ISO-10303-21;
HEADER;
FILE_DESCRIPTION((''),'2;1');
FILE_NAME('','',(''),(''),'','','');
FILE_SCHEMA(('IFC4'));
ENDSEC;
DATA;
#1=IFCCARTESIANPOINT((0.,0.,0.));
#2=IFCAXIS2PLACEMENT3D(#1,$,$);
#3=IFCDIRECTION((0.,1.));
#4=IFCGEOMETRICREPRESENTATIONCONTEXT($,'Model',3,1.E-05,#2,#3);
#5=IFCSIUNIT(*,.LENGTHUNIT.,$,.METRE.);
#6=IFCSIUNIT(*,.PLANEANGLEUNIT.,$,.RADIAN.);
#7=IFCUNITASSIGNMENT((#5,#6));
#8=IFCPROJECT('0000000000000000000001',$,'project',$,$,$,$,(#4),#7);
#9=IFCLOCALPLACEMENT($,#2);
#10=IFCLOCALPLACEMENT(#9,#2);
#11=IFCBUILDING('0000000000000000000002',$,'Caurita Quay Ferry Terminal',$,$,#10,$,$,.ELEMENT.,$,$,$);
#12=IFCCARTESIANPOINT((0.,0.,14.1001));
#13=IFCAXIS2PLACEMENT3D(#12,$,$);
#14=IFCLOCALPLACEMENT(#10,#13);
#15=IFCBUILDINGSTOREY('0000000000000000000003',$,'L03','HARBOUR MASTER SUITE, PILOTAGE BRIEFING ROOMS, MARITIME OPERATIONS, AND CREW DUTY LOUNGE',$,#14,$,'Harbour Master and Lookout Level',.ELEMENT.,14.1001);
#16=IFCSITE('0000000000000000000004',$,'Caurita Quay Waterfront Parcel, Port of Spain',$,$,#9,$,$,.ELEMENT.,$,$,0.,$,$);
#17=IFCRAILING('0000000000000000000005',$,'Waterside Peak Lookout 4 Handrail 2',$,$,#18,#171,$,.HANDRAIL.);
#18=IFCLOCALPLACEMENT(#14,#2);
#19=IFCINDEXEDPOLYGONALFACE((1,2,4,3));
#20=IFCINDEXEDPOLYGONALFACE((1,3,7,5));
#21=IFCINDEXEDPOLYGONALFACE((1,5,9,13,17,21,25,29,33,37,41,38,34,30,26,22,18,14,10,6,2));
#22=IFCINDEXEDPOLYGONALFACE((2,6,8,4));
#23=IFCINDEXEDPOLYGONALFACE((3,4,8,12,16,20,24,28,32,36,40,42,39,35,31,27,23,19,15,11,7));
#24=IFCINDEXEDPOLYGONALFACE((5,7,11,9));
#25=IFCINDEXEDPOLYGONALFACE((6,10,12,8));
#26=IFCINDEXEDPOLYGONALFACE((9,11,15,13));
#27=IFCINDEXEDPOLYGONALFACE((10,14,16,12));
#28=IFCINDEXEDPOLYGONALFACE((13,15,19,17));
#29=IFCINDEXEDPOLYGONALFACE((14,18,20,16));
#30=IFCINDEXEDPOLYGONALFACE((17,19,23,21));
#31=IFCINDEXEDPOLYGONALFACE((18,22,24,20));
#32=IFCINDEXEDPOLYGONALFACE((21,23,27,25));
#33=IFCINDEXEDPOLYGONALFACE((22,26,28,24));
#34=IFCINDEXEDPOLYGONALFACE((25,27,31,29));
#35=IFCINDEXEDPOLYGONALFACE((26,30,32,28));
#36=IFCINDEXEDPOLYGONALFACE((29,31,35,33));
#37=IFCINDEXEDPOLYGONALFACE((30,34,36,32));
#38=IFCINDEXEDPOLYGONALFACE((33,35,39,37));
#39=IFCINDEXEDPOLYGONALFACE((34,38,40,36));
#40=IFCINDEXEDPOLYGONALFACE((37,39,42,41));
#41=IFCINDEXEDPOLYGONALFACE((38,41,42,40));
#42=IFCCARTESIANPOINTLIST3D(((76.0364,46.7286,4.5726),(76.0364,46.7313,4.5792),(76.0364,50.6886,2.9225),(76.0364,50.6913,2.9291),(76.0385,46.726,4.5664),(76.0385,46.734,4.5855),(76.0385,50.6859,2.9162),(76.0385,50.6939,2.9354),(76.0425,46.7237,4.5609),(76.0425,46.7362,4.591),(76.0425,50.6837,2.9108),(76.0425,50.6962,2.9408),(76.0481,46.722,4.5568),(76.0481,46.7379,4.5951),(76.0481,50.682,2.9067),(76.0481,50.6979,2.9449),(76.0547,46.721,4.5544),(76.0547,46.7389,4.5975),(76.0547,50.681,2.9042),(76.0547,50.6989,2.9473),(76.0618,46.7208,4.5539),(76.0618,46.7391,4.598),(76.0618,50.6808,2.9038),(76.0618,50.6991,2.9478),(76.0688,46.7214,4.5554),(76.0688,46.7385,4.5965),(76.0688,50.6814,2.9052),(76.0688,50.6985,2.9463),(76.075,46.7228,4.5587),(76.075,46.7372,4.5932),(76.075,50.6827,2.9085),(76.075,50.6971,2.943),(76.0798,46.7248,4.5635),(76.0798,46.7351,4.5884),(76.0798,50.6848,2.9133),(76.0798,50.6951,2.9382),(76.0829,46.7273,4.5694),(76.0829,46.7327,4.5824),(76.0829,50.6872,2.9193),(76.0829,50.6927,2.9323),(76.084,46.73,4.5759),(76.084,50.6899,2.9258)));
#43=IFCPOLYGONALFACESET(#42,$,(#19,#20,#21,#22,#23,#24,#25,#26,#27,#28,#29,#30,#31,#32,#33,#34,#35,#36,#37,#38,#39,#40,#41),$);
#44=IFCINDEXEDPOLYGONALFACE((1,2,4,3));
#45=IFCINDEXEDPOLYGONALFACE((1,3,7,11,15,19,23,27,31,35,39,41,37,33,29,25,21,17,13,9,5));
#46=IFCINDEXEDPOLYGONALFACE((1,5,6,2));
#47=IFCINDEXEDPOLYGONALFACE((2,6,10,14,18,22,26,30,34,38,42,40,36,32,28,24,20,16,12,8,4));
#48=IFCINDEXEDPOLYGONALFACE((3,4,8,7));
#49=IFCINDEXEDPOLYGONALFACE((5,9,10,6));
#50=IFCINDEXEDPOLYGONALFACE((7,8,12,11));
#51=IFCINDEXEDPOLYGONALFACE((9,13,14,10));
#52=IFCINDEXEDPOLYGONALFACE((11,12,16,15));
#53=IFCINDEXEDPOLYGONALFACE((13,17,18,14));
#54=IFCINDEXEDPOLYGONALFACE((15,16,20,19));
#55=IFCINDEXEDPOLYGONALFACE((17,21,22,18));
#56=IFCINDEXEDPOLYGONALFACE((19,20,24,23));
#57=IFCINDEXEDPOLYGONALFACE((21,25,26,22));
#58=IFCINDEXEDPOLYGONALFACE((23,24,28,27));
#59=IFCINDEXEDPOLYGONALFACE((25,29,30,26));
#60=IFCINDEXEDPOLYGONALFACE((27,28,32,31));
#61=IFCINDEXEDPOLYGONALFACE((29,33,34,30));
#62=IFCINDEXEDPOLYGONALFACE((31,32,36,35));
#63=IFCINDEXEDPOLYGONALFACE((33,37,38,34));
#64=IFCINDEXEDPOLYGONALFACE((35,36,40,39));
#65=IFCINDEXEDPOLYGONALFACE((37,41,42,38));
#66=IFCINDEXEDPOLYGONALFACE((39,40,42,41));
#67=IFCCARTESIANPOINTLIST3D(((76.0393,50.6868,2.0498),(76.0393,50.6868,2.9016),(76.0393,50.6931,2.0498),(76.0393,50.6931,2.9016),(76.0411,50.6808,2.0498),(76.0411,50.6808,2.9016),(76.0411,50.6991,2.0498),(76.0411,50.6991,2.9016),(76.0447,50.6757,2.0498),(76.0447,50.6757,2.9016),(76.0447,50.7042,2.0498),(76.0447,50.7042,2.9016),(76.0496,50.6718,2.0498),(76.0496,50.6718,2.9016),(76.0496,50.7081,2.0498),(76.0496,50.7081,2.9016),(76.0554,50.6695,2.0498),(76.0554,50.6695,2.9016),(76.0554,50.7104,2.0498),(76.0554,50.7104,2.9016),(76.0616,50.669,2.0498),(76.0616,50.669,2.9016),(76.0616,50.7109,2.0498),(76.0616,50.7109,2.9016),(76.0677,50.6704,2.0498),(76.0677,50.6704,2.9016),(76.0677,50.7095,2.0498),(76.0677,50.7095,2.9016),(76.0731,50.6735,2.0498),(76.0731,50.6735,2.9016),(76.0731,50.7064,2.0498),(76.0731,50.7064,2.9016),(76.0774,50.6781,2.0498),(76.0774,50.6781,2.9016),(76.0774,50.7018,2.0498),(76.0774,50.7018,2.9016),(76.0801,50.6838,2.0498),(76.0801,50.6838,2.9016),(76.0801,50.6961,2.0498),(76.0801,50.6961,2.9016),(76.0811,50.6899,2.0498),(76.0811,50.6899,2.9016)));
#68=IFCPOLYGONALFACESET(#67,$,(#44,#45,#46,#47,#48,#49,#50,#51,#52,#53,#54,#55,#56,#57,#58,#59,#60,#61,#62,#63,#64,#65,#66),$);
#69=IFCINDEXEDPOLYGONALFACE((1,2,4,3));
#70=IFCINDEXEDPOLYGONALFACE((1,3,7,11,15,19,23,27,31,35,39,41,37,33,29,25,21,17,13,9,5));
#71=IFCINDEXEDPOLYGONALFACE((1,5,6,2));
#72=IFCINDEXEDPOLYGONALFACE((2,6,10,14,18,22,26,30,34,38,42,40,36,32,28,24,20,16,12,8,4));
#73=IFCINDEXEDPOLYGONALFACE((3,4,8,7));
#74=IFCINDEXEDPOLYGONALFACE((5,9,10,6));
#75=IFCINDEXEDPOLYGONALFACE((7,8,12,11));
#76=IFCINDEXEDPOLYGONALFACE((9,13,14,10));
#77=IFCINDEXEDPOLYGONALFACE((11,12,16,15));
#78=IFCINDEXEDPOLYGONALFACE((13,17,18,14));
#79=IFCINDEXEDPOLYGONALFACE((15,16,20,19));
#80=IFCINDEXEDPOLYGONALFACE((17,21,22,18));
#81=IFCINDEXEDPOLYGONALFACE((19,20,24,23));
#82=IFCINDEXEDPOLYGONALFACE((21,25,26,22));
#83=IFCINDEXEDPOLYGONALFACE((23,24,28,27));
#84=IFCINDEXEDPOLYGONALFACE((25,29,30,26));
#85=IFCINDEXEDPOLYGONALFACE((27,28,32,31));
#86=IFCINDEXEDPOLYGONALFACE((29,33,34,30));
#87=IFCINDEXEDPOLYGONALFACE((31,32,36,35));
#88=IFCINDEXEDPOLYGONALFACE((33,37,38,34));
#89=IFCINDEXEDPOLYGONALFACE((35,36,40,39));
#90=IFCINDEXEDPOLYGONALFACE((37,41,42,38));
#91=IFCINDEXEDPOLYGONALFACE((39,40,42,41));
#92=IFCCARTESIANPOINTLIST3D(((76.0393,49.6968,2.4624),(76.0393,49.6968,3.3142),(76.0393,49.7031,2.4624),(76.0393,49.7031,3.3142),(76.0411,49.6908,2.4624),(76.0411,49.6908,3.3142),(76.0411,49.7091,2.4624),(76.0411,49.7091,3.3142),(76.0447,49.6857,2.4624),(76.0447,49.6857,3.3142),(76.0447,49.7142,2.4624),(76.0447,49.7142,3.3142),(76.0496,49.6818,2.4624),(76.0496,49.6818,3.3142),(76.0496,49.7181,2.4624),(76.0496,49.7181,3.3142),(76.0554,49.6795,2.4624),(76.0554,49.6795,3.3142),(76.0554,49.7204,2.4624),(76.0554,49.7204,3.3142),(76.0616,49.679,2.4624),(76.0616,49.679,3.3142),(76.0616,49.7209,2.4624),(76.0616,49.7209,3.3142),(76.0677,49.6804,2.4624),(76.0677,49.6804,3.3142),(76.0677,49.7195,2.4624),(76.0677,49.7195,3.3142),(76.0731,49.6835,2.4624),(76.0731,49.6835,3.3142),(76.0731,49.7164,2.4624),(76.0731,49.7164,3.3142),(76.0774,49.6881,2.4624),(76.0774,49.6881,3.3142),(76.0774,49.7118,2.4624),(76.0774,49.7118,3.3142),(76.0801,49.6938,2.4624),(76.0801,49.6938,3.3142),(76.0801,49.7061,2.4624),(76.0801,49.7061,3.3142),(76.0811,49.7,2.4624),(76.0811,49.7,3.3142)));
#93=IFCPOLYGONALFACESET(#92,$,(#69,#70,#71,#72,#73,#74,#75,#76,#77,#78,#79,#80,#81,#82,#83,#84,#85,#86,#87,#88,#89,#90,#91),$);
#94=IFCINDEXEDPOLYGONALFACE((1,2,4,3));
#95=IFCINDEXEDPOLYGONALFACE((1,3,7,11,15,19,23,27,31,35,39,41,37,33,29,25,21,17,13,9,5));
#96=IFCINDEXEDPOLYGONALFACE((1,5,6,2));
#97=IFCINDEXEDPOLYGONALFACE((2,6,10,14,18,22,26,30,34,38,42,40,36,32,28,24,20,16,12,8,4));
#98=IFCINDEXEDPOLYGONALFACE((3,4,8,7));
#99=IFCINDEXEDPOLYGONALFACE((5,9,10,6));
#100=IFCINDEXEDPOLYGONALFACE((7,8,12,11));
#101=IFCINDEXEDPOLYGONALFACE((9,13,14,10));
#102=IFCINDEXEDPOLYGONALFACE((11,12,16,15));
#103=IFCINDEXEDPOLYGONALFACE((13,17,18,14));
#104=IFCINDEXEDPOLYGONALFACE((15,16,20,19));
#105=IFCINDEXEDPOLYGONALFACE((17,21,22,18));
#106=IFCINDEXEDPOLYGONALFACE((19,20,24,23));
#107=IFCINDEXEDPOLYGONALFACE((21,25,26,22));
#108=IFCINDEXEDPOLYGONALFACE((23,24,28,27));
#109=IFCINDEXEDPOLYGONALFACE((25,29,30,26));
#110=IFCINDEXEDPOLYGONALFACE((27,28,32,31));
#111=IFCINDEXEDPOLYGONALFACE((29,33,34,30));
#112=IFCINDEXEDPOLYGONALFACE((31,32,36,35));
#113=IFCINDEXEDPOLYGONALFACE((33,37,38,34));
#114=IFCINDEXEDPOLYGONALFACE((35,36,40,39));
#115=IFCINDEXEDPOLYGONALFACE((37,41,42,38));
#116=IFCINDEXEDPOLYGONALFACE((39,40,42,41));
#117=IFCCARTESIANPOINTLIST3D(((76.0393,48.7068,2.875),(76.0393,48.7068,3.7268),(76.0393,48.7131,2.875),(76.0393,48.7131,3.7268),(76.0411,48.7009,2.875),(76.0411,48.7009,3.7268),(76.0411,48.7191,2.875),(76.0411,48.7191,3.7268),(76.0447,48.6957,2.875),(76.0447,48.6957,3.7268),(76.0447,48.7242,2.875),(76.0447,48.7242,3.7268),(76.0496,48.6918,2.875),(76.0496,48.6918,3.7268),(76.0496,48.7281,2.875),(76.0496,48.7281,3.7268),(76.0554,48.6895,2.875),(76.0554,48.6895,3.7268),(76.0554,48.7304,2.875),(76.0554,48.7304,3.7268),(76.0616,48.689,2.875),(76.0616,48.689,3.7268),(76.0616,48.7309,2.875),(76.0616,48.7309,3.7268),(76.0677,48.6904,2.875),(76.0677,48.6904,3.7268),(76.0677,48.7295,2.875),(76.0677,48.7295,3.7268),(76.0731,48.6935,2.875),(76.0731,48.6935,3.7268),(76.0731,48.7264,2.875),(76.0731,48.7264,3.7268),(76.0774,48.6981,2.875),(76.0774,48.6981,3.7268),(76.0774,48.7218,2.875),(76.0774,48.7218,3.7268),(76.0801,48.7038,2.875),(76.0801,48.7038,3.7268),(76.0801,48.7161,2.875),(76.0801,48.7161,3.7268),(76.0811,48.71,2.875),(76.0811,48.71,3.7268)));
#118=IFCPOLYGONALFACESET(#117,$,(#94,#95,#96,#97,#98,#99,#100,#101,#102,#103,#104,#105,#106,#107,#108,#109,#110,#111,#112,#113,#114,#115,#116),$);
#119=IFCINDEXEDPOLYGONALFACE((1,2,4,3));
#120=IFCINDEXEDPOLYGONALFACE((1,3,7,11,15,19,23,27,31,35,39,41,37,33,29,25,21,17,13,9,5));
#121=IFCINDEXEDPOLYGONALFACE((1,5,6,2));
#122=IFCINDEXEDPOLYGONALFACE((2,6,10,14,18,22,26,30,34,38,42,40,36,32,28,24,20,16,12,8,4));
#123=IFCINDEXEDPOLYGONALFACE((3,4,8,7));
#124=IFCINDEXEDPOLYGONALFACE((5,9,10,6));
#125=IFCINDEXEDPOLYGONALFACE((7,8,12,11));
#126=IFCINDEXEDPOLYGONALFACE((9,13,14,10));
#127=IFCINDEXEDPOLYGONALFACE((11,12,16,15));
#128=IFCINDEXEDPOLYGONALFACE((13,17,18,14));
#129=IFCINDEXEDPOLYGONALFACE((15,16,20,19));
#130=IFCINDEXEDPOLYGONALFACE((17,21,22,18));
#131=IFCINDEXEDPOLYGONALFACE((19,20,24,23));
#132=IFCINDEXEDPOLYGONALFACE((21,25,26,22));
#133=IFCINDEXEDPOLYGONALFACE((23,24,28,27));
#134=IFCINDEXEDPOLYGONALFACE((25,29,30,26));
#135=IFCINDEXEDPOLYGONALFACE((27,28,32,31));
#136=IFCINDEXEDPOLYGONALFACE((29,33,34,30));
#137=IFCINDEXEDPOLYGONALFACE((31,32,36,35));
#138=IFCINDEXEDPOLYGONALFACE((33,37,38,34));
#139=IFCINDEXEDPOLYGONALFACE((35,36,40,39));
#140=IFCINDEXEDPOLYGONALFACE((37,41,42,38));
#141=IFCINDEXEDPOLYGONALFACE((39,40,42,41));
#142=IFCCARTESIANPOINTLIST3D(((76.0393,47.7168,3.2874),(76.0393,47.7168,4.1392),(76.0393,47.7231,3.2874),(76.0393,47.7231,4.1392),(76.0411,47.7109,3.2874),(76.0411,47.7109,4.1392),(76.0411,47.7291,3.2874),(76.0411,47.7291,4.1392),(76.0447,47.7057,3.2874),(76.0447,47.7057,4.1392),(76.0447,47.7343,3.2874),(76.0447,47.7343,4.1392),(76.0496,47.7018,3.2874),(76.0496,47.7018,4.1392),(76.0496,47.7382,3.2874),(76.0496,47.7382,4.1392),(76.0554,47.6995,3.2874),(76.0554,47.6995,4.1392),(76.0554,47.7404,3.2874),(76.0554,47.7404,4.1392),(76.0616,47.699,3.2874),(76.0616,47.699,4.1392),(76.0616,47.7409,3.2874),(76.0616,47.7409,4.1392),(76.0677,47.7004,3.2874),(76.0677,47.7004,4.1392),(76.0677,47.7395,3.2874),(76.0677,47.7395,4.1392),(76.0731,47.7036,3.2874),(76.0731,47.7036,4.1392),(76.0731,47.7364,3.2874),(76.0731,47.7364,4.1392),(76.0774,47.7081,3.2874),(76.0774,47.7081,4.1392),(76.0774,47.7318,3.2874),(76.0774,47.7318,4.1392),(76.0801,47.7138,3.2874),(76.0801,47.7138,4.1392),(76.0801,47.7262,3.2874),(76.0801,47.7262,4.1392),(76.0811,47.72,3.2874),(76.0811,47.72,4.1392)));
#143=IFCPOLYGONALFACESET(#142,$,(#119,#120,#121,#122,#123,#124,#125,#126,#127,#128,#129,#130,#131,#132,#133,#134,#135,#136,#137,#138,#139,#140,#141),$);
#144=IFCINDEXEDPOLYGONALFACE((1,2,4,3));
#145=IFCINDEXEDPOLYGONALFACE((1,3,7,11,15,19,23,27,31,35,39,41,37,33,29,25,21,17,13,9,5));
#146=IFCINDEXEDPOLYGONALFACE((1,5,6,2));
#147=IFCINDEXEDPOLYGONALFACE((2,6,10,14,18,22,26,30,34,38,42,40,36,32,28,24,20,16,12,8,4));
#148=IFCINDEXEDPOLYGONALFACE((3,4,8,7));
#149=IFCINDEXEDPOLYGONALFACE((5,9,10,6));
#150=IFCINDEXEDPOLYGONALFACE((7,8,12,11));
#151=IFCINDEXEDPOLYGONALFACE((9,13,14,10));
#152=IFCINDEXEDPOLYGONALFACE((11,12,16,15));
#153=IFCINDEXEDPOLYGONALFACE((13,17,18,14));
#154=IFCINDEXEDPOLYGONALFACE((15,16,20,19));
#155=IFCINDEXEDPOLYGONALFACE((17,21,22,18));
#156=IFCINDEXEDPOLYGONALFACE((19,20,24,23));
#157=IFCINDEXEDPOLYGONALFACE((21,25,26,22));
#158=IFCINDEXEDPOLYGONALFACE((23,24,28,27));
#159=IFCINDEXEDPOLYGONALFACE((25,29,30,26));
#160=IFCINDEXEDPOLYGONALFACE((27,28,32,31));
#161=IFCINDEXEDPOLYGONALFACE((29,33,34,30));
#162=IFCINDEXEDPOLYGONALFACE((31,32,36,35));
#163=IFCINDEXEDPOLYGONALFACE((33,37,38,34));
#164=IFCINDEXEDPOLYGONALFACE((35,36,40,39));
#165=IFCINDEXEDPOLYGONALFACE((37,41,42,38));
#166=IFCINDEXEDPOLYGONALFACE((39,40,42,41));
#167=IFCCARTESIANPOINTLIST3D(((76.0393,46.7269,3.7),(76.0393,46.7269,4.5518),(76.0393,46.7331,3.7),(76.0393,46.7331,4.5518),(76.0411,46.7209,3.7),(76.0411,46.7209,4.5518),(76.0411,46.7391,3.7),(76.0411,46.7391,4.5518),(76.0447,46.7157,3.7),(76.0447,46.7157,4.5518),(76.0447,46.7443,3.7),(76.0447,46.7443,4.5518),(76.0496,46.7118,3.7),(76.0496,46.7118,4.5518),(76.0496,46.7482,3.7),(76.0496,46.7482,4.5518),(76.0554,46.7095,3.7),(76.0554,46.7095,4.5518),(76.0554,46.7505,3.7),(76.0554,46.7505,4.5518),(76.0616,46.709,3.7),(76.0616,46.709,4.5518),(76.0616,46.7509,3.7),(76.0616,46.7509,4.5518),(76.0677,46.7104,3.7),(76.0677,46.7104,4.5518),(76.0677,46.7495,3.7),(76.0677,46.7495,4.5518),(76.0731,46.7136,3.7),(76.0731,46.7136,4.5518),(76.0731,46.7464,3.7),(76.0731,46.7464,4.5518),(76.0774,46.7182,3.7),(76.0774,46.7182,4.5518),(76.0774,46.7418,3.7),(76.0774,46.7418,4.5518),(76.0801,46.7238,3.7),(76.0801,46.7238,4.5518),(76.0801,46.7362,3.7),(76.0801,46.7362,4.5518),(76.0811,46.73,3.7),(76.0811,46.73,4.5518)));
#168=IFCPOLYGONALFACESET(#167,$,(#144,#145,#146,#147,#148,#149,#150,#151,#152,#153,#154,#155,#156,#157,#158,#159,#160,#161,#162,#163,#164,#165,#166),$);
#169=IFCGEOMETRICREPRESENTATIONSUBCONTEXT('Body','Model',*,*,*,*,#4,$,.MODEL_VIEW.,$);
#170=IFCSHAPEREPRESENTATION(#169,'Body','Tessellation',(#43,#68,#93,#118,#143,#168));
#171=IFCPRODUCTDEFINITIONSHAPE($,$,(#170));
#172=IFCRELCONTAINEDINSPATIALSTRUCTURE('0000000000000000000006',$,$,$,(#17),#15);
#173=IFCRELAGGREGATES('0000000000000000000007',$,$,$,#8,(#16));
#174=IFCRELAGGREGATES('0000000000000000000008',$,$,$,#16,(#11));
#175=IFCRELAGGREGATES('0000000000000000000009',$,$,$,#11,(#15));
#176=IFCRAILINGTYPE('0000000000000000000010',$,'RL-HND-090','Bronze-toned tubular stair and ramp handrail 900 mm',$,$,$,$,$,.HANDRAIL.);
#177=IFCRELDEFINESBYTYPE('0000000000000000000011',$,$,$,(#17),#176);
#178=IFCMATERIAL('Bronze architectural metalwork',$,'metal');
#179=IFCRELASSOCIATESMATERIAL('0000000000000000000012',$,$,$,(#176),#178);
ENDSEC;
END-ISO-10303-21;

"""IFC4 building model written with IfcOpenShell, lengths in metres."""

from ifc_helpers import new_model, si_unit, direction, frame, origin, origin_2d, place, context, subcontext, project, spatial, circle, extrude, material, type_object, element, save


model = new_model("IFC4")

# Units and contexts
model_context = context("Model", 3, precision=1e-05, world=origin(), true_north=direction((0.0, 1.0)))
body_context = subcontext(model_context, "Body", "Model", "MODEL_VIEW")
ifc_project = project(units=[si_unit("LENGTHUNIT", "METRE"), si_unit("PLANEANGLEUNIT", "RADIAN")], contexts=[model_context])

# Site, building, storey
site_placement = place(None, origin())
site = spatial("IfcSite", under=ifc_project, at=site_placement, Name="Caurita Quay Waterfront Parcel, Port of Spain", CompositionType="ELEMENT", RefElevation=0.0)
building_placement = place(site_placement, origin())
building = spatial("IfcBuilding", under=site, at=building_placement, Name="Caurita Quay Ferry Terminal", CompositionType="ELEMENT")
storey_placement = place(building_placement, frame((0.0, 0.0, 14.1001)))
storey = spatial("IfcBuildingStorey", under=building, at=storey_placement, Name="L03", Description="HARBOUR MASTER SUITE, PILOTAGE BRIEFING ROOMS, MARITIME OPERATIONS, AND CREW DUTY LOUNGE", LongName="Harbour Master and Lookout Level", CompositionType="ELEMENT", Elevation=14.1001)

# Railing
ifc_material_1 = material(Name="Bronze architectural metalwork", Category="metal")
railing_type_1 = type_object("IfcRailingType", Name="RL-HND-090", Description="Bronze-toned tubular stair and ramp handrail 900 mm", PredefinedType="HANDRAIL", material=ifc_material_1)
railing_1_placement = place(storey_placement, frame((76.0601, 50.6899, 2.0498)))
element("IfcRailing", 1, at=railing_1_placement, inside=storey, type_object=railing_type_1, Name="Waterside Peak Lookout 4 Handrail 2", PredefinedType="HANDRAIL", context=body_context, shape_type="SweptSolid", body=[
    extrude(circle(Radius=0.0239, at=origin_2d()), frame((0.0, 0.0, 0.876), z_axis=(0.0, -0.923063, 0.384648), x_axis=(1.0, 0.0, 0.0)), (0.0, 0.0, 1.0), 4.29),
    extrude(circle(Radius=0.021, at=origin_2d()), origin(), (0.0, 0.0, 1.0), 0.8518),
    extrude(circle(Radius=0.021, at=origin_2d()), frame((0.0, -0.99, 0.4126)), (0.0, 0.0, 1.0), 0.8518),
    extrude(circle(Radius=0.021, at=origin_2d()), frame((0.0, -1.98, 0.8252)), (0.0, 0.0, 1.0), 0.8518),
    extrude(circle(Radius=0.021, at=origin_2d()), frame((0.0, -2.97, 1.2375)), (0.0, 0.0, 1.0), 0.8518),
    extrude(circle(Radius=0.021, at=origin_2d()), frame((0.0, -3.96, 1.6501)), (0.0, 0.0, 1.0), 0.8518),
])

save(model, "model.ifc")
